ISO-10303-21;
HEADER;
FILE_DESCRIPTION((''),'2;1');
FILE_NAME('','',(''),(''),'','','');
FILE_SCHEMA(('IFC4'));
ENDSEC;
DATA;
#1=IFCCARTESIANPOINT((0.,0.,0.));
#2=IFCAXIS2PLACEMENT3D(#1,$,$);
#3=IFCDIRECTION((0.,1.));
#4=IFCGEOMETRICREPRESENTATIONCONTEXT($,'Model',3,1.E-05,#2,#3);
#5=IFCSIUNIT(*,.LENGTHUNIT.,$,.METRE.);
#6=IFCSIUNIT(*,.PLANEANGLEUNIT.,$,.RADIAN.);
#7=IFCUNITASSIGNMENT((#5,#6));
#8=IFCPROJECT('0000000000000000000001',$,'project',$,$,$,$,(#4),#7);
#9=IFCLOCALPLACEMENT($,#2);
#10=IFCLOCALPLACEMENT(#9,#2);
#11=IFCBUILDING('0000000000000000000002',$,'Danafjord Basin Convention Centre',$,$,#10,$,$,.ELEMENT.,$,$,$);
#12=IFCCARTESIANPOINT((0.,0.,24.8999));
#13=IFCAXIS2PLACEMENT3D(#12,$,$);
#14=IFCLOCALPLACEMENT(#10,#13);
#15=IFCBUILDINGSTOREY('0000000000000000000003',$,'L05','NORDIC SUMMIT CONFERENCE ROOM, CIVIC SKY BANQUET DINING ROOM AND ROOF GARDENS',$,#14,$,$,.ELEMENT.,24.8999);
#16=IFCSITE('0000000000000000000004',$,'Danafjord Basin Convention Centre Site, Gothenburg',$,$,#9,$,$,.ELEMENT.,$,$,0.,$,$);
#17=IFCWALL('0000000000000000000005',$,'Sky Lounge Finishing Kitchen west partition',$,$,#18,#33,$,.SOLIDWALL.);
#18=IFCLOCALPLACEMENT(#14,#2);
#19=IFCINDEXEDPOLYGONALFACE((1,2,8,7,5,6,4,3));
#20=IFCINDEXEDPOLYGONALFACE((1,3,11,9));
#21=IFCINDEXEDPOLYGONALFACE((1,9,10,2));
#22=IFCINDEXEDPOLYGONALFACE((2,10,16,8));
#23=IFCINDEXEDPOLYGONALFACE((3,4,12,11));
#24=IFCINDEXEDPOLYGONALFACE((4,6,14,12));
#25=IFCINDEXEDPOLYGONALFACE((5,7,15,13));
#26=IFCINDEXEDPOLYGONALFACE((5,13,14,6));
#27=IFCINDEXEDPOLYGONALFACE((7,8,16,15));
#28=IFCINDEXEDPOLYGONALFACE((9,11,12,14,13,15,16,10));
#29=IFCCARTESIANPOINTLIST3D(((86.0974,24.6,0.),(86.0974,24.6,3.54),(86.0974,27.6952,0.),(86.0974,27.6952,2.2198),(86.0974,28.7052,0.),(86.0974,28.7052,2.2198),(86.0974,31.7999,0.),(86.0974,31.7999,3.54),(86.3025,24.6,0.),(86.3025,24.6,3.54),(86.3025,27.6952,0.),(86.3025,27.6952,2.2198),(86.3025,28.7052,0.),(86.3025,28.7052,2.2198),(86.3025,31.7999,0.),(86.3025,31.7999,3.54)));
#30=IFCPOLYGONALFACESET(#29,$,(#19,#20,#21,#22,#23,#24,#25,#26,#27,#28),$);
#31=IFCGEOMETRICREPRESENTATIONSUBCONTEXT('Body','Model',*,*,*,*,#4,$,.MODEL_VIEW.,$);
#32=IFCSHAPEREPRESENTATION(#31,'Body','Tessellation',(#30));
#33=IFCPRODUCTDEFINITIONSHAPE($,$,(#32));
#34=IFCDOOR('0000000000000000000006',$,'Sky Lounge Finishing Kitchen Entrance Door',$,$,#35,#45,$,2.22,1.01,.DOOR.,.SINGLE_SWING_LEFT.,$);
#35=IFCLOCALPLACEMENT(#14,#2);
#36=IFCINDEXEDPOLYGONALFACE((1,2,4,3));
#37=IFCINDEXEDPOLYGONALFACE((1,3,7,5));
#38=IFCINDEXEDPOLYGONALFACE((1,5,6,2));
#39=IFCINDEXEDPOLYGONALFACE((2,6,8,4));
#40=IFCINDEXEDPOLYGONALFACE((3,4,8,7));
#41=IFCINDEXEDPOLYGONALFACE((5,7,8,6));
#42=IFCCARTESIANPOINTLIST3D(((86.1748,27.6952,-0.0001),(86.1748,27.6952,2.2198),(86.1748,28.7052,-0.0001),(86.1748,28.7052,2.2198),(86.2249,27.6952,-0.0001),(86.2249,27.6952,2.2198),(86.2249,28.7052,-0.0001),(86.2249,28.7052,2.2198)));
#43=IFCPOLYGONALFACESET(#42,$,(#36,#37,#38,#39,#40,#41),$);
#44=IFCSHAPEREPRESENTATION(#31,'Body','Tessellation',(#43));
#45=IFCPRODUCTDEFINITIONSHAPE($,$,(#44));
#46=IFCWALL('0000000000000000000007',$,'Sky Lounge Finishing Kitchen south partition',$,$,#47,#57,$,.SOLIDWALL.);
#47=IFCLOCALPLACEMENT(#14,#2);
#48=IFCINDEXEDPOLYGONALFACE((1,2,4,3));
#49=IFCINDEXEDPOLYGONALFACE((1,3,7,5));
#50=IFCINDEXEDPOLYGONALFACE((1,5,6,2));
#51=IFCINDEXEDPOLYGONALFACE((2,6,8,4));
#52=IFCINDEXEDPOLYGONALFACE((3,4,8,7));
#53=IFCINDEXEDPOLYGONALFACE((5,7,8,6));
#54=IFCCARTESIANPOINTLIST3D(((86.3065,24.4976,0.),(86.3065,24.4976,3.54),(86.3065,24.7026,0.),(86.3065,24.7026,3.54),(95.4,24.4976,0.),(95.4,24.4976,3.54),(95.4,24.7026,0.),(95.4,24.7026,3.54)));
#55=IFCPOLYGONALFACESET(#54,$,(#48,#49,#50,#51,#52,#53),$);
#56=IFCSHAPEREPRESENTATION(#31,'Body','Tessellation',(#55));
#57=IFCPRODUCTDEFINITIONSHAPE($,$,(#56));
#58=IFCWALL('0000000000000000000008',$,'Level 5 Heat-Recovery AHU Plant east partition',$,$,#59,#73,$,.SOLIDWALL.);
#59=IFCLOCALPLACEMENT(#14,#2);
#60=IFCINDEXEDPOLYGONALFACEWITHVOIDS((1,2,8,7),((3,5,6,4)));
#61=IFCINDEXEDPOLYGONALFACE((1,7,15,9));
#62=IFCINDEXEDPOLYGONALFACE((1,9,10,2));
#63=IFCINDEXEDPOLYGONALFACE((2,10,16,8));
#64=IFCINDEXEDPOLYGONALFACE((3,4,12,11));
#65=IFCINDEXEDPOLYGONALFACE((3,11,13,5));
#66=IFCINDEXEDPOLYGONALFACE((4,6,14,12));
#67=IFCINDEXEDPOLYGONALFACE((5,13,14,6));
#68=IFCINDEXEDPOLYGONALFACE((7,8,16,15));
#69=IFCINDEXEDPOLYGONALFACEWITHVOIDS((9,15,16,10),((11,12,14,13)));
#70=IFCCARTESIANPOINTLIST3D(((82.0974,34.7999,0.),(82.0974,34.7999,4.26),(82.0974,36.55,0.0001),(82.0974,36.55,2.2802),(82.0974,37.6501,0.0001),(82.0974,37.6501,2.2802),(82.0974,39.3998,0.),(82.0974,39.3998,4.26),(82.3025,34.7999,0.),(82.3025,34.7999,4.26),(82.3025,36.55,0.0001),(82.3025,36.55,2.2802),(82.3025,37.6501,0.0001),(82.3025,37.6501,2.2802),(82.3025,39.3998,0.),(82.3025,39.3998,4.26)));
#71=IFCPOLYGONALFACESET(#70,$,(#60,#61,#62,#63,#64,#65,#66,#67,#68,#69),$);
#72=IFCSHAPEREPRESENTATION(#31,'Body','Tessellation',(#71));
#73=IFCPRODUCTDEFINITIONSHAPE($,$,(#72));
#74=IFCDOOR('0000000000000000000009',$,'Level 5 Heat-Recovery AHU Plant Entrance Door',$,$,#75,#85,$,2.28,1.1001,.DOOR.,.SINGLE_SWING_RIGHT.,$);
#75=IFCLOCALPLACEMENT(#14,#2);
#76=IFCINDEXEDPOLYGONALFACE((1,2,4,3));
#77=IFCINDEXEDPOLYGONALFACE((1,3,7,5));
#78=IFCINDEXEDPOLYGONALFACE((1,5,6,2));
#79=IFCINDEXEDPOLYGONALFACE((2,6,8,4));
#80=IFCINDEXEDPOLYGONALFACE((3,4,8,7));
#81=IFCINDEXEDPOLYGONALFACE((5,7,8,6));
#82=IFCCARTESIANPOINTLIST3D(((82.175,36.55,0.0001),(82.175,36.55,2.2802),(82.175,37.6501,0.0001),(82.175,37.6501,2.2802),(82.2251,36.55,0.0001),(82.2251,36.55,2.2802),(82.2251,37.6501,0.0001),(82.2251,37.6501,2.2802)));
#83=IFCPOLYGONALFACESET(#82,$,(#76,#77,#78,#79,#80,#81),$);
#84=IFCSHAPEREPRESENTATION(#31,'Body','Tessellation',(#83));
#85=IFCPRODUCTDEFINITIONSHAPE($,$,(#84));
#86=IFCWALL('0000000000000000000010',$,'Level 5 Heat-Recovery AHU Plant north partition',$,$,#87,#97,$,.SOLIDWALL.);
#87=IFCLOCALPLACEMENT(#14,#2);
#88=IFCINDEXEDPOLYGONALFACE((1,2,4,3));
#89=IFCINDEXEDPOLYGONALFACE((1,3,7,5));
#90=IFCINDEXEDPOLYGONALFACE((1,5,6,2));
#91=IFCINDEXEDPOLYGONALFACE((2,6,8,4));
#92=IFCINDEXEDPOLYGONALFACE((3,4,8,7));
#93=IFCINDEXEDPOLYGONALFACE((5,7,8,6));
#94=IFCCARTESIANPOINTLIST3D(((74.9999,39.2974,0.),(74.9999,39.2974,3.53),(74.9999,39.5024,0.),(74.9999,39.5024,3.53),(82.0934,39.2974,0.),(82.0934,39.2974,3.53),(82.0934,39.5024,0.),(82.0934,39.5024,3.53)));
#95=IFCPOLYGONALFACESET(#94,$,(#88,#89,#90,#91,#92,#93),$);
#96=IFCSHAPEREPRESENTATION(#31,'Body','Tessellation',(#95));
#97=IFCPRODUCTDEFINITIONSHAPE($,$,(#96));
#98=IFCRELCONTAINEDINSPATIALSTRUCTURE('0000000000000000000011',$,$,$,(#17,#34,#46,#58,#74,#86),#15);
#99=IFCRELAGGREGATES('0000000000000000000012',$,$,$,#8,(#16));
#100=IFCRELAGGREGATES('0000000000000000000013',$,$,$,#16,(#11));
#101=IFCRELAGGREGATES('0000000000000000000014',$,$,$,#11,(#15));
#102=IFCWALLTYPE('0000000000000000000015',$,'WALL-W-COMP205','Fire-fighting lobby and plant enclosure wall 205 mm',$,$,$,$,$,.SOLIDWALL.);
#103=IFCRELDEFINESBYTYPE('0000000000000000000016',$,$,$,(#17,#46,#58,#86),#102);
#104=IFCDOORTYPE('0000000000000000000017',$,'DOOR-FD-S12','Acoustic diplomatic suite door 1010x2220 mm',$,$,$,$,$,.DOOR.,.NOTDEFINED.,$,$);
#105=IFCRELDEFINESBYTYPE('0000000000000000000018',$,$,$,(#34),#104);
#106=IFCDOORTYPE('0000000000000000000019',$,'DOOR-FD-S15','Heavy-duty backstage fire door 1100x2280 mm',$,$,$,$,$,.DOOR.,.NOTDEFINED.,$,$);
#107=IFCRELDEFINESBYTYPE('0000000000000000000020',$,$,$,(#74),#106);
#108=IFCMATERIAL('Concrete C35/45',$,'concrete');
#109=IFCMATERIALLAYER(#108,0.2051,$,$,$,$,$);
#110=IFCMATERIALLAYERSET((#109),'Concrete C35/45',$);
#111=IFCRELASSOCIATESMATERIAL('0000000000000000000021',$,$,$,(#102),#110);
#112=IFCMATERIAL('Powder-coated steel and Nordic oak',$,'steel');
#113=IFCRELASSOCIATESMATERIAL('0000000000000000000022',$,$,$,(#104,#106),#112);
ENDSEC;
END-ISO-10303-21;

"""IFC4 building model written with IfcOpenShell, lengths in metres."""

from ifc_helpers import new_model, si_unit, direction, frame, frame_2d, origin, place, context, subcontext, project, spatial, rectangle, extrude, material, layer, layer_set, type_object, element, fill, save


model = new_model("IFC4")

# Units and contexts
model_context = context("Model", 3, precision=1e-05, world=origin(), true_north=direction((0.0, 1.0)))
body_context = subcontext(model_context, "Body", "Model", "MODEL_VIEW")
ifc_project = project(units=[si_unit("LENGTHUNIT", "METRE"), si_unit("PLANEANGLEUNIT", "RADIAN")], contexts=[model_context])

# Site, building, storey
site_placement = place(None, origin())
site = spatial("IfcSite", under=ifc_project, at=site_placement, Name="Danafjord Basin Convention Centre Site, Gothenburg", CompositionType="ELEMENT", RefElevation=0.0)
building_placement = place(site_placement, origin())
building = spatial("IfcBuilding", under=site, at=building_placement, Name="Danafjord Basin Convention Centre", CompositionType="ELEMENT")
storey_placement = place(building_placement, frame((0.0, 0.0, 24.8999)))
storey = spatial("IfcBuildingStorey", under=building, at=storey_placement, Name="L05", Description="NORDIC SUMMIT CONFERENCE ROOM, CIVIC SKY BANQUET DINING ROOM AND ROOF GARDENS", CompositionType="ELEMENT", Elevation=24.8999)

# Shared definitions
ifc_material_1 = material(Name="Powder-coated steel and Nordic oak", Category="steel")

# Wall, opening, door
ifc_material_2 = material(Name="Concrete C35/45", Category="concrete")
ifc_layer_1 = layer(ifc_material_2, 0.2051)
ifc_layer_set_1 = layer_set([ifc_layer_1], Name="Concrete C35/45")
wall_type_1 = type_object("IfcWallType", Name="WALL-W-COMP205", Description="Fire-fighting lobby and plant enclosure wall 205 mm", PredefinedType="SOLIDWALL", material=ifc_layer_set_1)
wall_1_placement = place(storey_placement, frame((86.2, 31.8, 0.0), z_axis=(0.0, 0.0, 1.0), x_axis=(0.0, -1.0, 0.0)))
wall_1 = element("IfcWall", 1, at=wall_1_placement, inside=storey, type_object=wall_type_1, Name="Sky Lounge Finishing Kitchen west partition", PredefinedType="SOLIDWALL", context=body_context, shape_type="SweptSolid", body=[
    extrude(rectangle(XDim=7.2, YDim=0.2051, at=frame_2d((3.6001, 0.0))), origin(), (0.0, 0.0, 1.0), 3.54),
])
opening_1_placement = place(wall_1_placement, frame((3.095, 0.0, 0.0)))
opening_1 = element("IfcOpeningElement", 2, at=opening_1_placement, cuts=wall_1, PredefinedType="OPENING", context=body_context, shape_type="SweptSolid", body=[
    extrude(rectangle(XDim=1.01, YDim=2.22, at=frame_2d((0.5049, 1.1099))), frame((0.0, 0.1125, 0.0), z_axis=(0.0, -1.0, 0.0), x_axis=(1.0, 0.0, 0.0)), (0.0, 0.0, 1.0), 0.2251),
])
door_type_1 = type_object("IfcDoorType", Name="DOOR-FD-S12", Description="Acoustic diplomatic suite door 1010x2220 mm", OperationType="NOTDEFINED", PredefinedType="DOOR", material=ifc_material_1)
door_1_placement = place(opening_1_placement, origin())
door_1 = element("IfcDoor", 3, at=door_1_placement, inside=storey, type_object=door_type_1, Name="Sky Lounge Finishing Kitchen Entrance Door", OperationType="SINGLE_SWING_LEFT", OverallHeight=2.22, OverallWidth=1.01, PredefinedType="DOOR", context=body_context, shape_type="SweptSolid", body=[
    extrude(rectangle(XDim=1.01, YDim=2.22, at=frame_2d((0.5049, 1.1099))), frame((0.0, 0.0249, 0.0), z_axis=(0.0, -1.0, 0.0), x_axis=(1.0, 0.0, 0.0)), (0.0, 0.0, 1.0), 0.05),
])
fill(opening_1, door_1)

# Wall
wall_2_placement = place(storey_placement, frame((86.3064, 24.6001, 0.0), z_axis=(0.0, 0.0, 1.0), x_axis=(1.0, 0.0, 0.0)))
element("IfcWall", 4, at=wall_2_placement, inside=storey, type_object=wall_type_1, Name="Sky Lounge Finishing Kitchen south partition", PredefinedType="SOLIDWALL", context=body_context, shape_type="SweptSolid", body=[
    extrude(rectangle(XDim=9.0935, YDim=0.2051, at=frame_2d((4.5469, 0.0))), origin(), (0.0, 0.0, 1.0), 3.54),
])

# Wall, opening, door
wall_3_placement = place(storey_placement, frame((82.2, 34.8, 0.0), z_axis=(0.0, 0.0, 1.0), x_axis=(0.0, 1.0, 0.0)))
wall_3 = element("IfcWall", 5, at=wall_3_placement, inside=storey, type_object=wall_type_1, Name="Level 5 Heat-Recovery AHU Plant east partition", PredefinedType="SOLIDWALL", context=body_context, shape_type="SweptSolid", body=[
    extrude(rectangle(XDim=4.5999, YDim=0.2051, at=frame_2d((2.2998, 0.0))), origin(), (0.0, 0.0, 1.0), 4.26),
])
opening_2_placement = place(wall_3_placement, frame((1.75, 0.0, 0.0)))
opening_2 = element("IfcOpeningElement", 6, at=opening_2_placement, cuts=wall_3, PredefinedType="OPENING", context=body_context, shape_type="SweptSolid", body=[
    extrude(rectangle(XDim=1.1001, YDim=2.28, at=frame_2d((0.55, 1.1401))), frame((0.0, 0.1125, 0.0), z_axis=(0.0, -1.0, 0.0), x_axis=(1.0, 0.0, 0.0)), (0.0, 0.0, 1.0), 0.2251),
])
door_type_2 = type_object("IfcDoorType", Name="DOOR-FD-S15", Description="Heavy-duty backstage fire door 1100x2280 mm", OperationType="NOTDEFINED", PredefinedType="DOOR", material=ifc_material_1)
door_2_placement = place(opening_2_placement, origin())
door_2 = element("IfcDoor", 7, at=door_2_placement, inside=storey, type_object=door_type_2, Name="Level 5 Heat-Recovery AHU Plant Entrance Door", OperationType="SINGLE_SWING_RIGHT", OverallHeight=2.28, OverallWidth=1.1001, PredefinedType="DOOR", context=body_context, shape_type="SweptSolid", body=[
    extrude(rectangle(XDim=1.1001, YDim=2.28, at=frame_2d((0.55, 1.1401))), frame((0.0, 0.0249, 0.0), z_axis=(0.0, -1.0, 0.0), x_axis=(1.0, 0.0, 0.0)), (0.0, 0.0, 1.0), 0.05),
])
fill(opening_2, door_2)

# Wall
wall_4_placement = place(storey_placement, frame((82.0935, 39.3999, 0.0), z_axis=(0.0, 0.0, 1.0), x_axis=(-1.0, 0.0, 0.0)))
element("IfcWall", 8, at=wall_4_placement, inside=storey, type_object=wall_type_1, Name="Level 5 Heat-Recovery AHU Plant north partition", PredefinedType="SOLIDWALL", context=body_context, shape_type="SweptSolid", body=[
    extrude(rectangle(XDim=7.0935, YDim=0.2051, at=frame_2d((3.5469, 0.0))), origin(), (0.0, 0.0, 1.0), 3.53),
])

save(model, "model.ifc")
